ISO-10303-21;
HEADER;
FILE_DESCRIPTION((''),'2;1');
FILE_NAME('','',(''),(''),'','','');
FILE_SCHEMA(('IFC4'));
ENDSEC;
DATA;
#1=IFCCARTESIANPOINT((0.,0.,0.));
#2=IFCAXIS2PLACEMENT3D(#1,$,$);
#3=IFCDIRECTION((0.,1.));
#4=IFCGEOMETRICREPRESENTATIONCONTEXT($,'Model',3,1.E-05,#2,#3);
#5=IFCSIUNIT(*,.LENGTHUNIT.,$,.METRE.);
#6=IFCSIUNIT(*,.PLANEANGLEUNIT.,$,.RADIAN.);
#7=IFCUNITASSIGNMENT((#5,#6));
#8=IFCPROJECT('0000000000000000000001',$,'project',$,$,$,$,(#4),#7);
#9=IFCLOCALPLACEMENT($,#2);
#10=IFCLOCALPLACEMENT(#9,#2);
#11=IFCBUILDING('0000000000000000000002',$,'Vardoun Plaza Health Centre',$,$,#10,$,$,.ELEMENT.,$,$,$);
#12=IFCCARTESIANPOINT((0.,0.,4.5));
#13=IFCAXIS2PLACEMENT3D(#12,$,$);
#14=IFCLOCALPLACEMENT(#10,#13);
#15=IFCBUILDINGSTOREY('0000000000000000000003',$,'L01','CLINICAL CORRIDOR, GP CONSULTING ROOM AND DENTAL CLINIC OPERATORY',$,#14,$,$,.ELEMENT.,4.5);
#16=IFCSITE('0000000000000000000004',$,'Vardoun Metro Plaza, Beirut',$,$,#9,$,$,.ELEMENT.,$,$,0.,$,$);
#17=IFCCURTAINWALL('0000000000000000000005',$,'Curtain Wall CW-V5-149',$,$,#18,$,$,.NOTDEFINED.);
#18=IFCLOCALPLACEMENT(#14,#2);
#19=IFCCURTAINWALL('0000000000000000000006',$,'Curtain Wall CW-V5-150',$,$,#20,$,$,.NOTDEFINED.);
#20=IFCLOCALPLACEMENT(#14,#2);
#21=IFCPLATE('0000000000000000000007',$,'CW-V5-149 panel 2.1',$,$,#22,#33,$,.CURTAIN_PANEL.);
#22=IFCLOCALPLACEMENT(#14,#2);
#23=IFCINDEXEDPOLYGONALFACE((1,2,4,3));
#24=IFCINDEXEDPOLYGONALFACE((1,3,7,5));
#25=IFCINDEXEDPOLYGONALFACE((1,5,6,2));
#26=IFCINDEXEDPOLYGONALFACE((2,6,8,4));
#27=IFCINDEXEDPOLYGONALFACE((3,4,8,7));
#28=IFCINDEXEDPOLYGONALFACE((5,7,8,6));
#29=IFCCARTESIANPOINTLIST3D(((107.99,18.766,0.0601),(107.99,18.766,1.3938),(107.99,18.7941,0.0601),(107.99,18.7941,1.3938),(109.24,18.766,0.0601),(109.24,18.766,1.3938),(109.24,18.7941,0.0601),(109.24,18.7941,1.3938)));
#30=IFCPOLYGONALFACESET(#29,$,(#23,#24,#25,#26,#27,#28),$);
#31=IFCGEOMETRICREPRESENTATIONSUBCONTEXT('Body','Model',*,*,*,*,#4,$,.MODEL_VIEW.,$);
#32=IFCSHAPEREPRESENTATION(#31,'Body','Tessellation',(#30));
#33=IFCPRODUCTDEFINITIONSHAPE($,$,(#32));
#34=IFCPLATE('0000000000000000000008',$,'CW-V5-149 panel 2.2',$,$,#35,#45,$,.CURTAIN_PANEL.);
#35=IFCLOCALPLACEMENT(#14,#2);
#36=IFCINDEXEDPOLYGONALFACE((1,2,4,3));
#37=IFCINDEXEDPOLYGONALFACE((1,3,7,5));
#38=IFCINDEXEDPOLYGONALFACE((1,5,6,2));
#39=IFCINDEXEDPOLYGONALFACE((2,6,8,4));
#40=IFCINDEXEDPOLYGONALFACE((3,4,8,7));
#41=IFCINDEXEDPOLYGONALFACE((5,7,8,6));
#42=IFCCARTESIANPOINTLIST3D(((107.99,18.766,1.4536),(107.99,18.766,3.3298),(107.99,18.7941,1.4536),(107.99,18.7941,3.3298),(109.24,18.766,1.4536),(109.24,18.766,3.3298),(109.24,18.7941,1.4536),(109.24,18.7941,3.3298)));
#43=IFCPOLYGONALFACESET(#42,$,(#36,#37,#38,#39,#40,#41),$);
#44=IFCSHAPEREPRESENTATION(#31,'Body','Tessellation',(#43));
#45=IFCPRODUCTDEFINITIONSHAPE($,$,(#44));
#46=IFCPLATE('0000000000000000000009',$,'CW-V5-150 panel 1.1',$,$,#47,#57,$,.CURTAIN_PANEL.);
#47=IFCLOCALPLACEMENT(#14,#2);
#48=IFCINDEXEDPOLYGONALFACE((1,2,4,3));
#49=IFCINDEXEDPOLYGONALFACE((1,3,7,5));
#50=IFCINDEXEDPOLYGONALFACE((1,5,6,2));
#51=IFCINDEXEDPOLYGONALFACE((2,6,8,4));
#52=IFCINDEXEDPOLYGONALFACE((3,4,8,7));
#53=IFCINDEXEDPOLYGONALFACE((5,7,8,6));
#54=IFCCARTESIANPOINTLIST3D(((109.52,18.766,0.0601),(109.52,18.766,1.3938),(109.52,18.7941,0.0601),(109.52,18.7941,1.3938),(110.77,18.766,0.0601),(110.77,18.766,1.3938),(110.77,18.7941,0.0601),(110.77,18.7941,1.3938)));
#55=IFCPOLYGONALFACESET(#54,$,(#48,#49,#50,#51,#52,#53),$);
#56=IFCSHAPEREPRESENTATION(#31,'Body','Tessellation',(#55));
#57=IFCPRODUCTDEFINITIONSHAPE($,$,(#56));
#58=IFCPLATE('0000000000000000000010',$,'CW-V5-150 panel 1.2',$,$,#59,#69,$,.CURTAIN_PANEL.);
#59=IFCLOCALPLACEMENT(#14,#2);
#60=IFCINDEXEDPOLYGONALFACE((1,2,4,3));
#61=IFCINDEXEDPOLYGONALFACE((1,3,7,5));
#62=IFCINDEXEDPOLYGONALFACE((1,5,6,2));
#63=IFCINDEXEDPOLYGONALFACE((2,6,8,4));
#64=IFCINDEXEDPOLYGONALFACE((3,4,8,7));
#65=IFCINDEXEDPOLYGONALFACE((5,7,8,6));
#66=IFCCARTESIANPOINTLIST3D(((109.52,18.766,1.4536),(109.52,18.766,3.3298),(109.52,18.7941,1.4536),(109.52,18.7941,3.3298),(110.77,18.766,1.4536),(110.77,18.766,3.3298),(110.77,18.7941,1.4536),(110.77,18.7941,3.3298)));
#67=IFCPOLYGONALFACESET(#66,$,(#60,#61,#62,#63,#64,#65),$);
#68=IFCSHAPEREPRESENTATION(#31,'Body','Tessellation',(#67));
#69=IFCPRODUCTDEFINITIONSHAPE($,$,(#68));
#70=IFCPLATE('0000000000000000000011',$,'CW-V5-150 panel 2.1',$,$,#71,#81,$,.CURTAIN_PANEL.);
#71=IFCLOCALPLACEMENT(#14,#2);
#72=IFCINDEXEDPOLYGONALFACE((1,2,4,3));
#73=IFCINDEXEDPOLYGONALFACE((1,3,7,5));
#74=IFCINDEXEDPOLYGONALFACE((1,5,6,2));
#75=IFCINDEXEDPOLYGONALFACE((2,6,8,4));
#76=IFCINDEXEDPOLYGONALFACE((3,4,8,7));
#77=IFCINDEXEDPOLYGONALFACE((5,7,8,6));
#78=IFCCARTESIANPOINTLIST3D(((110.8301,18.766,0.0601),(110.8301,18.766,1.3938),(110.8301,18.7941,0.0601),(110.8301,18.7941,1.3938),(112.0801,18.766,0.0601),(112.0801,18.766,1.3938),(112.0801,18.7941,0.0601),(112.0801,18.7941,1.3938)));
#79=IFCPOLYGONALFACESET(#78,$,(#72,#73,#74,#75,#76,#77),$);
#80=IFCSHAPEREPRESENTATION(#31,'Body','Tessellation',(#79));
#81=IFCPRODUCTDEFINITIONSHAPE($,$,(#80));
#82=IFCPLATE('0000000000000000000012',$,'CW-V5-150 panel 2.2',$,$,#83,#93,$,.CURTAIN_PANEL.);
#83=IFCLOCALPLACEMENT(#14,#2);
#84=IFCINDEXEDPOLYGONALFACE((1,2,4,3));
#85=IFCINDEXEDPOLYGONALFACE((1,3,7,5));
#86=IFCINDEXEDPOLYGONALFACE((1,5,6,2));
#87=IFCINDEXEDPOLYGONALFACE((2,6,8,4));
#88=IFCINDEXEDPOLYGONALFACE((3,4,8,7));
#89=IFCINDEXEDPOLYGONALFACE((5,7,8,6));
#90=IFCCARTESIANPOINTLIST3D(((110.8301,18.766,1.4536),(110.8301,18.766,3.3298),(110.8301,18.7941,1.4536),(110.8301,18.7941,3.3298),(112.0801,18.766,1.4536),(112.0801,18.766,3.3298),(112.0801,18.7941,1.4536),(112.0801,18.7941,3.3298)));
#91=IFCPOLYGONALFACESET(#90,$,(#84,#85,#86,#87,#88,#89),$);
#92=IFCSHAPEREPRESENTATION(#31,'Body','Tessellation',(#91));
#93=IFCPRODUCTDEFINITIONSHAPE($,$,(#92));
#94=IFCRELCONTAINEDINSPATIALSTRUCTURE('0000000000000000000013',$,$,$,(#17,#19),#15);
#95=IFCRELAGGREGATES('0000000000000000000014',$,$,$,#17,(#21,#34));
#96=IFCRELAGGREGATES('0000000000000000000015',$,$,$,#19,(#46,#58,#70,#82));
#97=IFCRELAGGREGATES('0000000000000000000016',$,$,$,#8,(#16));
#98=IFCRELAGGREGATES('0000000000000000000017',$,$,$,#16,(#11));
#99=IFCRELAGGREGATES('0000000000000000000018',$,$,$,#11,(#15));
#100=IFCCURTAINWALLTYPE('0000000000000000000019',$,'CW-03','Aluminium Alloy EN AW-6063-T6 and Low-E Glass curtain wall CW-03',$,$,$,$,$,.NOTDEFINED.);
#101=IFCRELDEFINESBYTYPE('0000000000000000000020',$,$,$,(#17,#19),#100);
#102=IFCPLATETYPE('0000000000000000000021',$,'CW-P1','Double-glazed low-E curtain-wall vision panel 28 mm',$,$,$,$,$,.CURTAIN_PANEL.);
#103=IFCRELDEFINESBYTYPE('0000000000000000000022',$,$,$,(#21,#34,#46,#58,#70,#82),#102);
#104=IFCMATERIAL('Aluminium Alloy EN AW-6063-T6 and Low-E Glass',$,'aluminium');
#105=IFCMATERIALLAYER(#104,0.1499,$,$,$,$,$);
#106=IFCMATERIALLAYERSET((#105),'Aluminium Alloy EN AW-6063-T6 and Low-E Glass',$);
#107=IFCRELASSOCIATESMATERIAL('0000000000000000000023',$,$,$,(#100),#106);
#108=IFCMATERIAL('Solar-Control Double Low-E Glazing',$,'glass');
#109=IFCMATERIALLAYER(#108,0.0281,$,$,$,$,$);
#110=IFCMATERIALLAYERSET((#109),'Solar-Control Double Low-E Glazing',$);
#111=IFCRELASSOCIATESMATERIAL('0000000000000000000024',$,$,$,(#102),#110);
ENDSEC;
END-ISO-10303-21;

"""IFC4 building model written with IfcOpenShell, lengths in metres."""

from ifc_helpers import new_model, si_unit, direction, frame, origin, origin_2d, place, context, subcontext, project, spatial, rectangle, extrude, material, layer, layer_set, type_object, element, aggregate, save


model = new_model("IFC4")

# Units and contexts
model_context = context("Model", 3, precision=1e-05, world=origin(), true_north=direction((0.0, 1.0)))
body_context = subcontext(model_context, "Body", "Model", "MODEL_VIEW")
ifc_project = project(units=[si_unit("LENGTHUNIT", "METRE"), si_unit("PLANEANGLEUNIT", "RADIAN")], contexts=[model_context])

# Site, building, storey
site_placement = place(None, origin())
site = spatial("IfcSite", under=ifc_project, at=site_placement, Name="Vardoun Metro Plaza, Beirut", CompositionType="ELEMENT", RefElevation=0.0)
building_placement = place(site_placement, origin())
building = spatial("IfcBuilding", under=site, at=building_placement, Name="Vardoun Plaza Health Centre", CompositionType="ELEMENT")
storey_placement = place(building_placement, frame((0.0, 0.0, 4.5)))
storey = spatial("IfcBuildingStorey", under=building, at=storey_placement, Name="L01", Description="CLINICAL CORRIDOR, GP CONSULTING ROOM AND DENTAL CLINIC OPERATORY", CompositionType="ELEMENT", Elevation=4.5)

# Curtain wall
ifc_material_1 = material(Name="Aluminium Alloy EN AW-6063-T6 and Low-E Glass", Category="aluminium")
ifc_layer_1 = layer(ifc_material_1, 0.1499)
ifc_layer_set_1 = layer_set([ifc_layer_1], Name="Aluminium Alloy EN AW-6063-T6 and Low-E Glass")
curtain_wall_type = type_object("IfcCurtainWallType", Name="CW-03", Description="Aluminium Alloy EN AW-6063-T6 and Low-E Glass curtain wall CW-03", PredefinedType="NOTDEFINED", material=ifc_layer_set_1)
curtain_wall_1_placement = place(storey_placement, origin())
curtain_wall_1 = element("IfcCurtainWall", 1, at=curtain_wall_1_placement, inside=storey, type_object=curtain_wall_type, Name="Curtain Wall CW-V5-149", PredefinedType="NOTDEFINED")

# Curtain wall
curtain_wall_2_placement = place(storey_placement, origin())
curtain_wall_2 = element("IfcCurtainWall", 2, at=curtain_wall_2_placement, inside=storey, type_object=curtain_wall_type, Name="Curtain Wall CW-V5-150", PredefinedType="NOTDEFINED")

# Plates
ifc_material_2 = material(Name="Solar-Control Double Low-E Glazing", Category="glass")
ifc_layer_2 = layer(ifc_material_2, 0.0281)
ifc_layer_set_2 = layer_set([ifc_layer_2], Name="Solar-Control Double Low-E Glazing")
plate_type = type_object("IfcPlateType", Name="CW-P1", Description="Double-glazed low-E curtain-wall vision panel 28 mm", PredefinedType="CURTAIN_PANEL", material=ifc_layer_set_2)
plate_1_placement = place(storey_placement, frame((108.615, 18.78, 0.0601), z_axis=(0.0, 0.0, 1.0), x_axis=(1.0, 0.0, 0.0)))
plate_1 = element("IfcPlate", 3, at=plate_1_placement, type_object=plate_type, Name="CW-V5-149 panel 2.1", PredefinedType="CURTAIN_PANEL", context=body_context, shape_type="SweptSolid", body=[
    extrude(rectangle(XDim=1.25, YDim=0.0281, at=origin_2d()), origin(), (0.0, 0.0, 1.0), 1.3337),
])
plate_2_placement = place(storey_placement, frame((108.615, 18.78, 1.4536), z_axis=(0.0, 0.0, 1.0), x_axis=(1.0, 0.0, 0.0)))
plate_2 = element("IfcPlate", 4, at=plate_2_placement, type_object=plate_type, Name="CW-V5-149 panel 2.2", PredefinedType="CURTAIN_PANEL", context=body_context, shape_type="SweptSolid", body=[
    extrude(rectangle(XDim=1.25, YDim=0.0281, at=origin_2d()), origin(), (0.0, 0.0, 1.0), 1.8762),
])
aggregate(curtain_wall_1, [plate_1, plate_2])
plate_3_placement = place(storey_placement, frame((110.145, 18.78, 0.0601), z_axis=(0.0, 0.0, 1.0), x_axis=(1.0, 0.0, 0.0)))
plate_3 = element("IfcPlate", 5, at=plate_3_placement, type_object=plate_type, Name="CW-V5-150 panel 1.1", PredefinedType="CURTAIN_PANEL", context=body_context, shape_type="SweptSolid", body=[
    extrude(rectangle(XDim=1.25, YDim=0.0281, at=origin_2d()), origin(), (0.0, 0.0, 1.0), 1.3337),
])
plate_4_placement = place(storey_placement, frame((110.145, 18.78, 1.4536), z_axis=(0.0, 0.0, 1.0), x_axis=(1.0, 0.0, 0.0)))
plate_4 = element("IfcPlate", 6, at=plate_4_placement, type_object=plate_type, Name="CW-V5-150 panel 1.2", PredefinedType="CURTAIN_PANEL", context=body_context, shape_type="SweptSolid", body=[
    extrude(rectangle(XDim=1.25, YDim=0.0281, at=origin_2d()), origin(), (0.0, 0.0, 1.0), 1.8762),
])
plate_5_placement = place(storey_placement, frame((111.4551, 18.78, 0.0601), z_axis=(0.0, 0.0, 1.0), x_axis=(1.0, 0.0, 0.0)))
plate_5 = element("IfcPlate", 7, at=plate_5_placement, type_object=plate_type, Name="CW-V5-150 panel 2.1", PredefinedType="CURTAIN_PANEL", context=body_context, shape_type="SweptSolid", body=[
    extrude(rectangle(XDim=1.25, YDim=0.0281, at=origin_2d()), origin(), (0.0, 0.0, 1.0), 1.3337),
])
plate_6_placement = place(storey_placement, frame((111.4551, 18.78, 1.4536), z_axis=(0.0, 0.0, 1.0), x_axis=(1.0, 0.0, 0.0)))
plate_6 = element("IfcPlate", 8, at=plate_6_placement, type_object=plate_type, Name="CW-V5-150 panel 2.2", PredefinedType="CURTAIN_PANEL", context=body_context, shape_type="SweptSolid", body=[
    extrude(rectangle(XDim=1.25, YDim=0.0281, at=origin_2d()), origin(), (0.0, 0.0, 1.0), 1.8762),
])
aggregate(curtain_wall_2, [plate_3, plate_4, plate_5, plate_6])

save(model, "model.ifc")
